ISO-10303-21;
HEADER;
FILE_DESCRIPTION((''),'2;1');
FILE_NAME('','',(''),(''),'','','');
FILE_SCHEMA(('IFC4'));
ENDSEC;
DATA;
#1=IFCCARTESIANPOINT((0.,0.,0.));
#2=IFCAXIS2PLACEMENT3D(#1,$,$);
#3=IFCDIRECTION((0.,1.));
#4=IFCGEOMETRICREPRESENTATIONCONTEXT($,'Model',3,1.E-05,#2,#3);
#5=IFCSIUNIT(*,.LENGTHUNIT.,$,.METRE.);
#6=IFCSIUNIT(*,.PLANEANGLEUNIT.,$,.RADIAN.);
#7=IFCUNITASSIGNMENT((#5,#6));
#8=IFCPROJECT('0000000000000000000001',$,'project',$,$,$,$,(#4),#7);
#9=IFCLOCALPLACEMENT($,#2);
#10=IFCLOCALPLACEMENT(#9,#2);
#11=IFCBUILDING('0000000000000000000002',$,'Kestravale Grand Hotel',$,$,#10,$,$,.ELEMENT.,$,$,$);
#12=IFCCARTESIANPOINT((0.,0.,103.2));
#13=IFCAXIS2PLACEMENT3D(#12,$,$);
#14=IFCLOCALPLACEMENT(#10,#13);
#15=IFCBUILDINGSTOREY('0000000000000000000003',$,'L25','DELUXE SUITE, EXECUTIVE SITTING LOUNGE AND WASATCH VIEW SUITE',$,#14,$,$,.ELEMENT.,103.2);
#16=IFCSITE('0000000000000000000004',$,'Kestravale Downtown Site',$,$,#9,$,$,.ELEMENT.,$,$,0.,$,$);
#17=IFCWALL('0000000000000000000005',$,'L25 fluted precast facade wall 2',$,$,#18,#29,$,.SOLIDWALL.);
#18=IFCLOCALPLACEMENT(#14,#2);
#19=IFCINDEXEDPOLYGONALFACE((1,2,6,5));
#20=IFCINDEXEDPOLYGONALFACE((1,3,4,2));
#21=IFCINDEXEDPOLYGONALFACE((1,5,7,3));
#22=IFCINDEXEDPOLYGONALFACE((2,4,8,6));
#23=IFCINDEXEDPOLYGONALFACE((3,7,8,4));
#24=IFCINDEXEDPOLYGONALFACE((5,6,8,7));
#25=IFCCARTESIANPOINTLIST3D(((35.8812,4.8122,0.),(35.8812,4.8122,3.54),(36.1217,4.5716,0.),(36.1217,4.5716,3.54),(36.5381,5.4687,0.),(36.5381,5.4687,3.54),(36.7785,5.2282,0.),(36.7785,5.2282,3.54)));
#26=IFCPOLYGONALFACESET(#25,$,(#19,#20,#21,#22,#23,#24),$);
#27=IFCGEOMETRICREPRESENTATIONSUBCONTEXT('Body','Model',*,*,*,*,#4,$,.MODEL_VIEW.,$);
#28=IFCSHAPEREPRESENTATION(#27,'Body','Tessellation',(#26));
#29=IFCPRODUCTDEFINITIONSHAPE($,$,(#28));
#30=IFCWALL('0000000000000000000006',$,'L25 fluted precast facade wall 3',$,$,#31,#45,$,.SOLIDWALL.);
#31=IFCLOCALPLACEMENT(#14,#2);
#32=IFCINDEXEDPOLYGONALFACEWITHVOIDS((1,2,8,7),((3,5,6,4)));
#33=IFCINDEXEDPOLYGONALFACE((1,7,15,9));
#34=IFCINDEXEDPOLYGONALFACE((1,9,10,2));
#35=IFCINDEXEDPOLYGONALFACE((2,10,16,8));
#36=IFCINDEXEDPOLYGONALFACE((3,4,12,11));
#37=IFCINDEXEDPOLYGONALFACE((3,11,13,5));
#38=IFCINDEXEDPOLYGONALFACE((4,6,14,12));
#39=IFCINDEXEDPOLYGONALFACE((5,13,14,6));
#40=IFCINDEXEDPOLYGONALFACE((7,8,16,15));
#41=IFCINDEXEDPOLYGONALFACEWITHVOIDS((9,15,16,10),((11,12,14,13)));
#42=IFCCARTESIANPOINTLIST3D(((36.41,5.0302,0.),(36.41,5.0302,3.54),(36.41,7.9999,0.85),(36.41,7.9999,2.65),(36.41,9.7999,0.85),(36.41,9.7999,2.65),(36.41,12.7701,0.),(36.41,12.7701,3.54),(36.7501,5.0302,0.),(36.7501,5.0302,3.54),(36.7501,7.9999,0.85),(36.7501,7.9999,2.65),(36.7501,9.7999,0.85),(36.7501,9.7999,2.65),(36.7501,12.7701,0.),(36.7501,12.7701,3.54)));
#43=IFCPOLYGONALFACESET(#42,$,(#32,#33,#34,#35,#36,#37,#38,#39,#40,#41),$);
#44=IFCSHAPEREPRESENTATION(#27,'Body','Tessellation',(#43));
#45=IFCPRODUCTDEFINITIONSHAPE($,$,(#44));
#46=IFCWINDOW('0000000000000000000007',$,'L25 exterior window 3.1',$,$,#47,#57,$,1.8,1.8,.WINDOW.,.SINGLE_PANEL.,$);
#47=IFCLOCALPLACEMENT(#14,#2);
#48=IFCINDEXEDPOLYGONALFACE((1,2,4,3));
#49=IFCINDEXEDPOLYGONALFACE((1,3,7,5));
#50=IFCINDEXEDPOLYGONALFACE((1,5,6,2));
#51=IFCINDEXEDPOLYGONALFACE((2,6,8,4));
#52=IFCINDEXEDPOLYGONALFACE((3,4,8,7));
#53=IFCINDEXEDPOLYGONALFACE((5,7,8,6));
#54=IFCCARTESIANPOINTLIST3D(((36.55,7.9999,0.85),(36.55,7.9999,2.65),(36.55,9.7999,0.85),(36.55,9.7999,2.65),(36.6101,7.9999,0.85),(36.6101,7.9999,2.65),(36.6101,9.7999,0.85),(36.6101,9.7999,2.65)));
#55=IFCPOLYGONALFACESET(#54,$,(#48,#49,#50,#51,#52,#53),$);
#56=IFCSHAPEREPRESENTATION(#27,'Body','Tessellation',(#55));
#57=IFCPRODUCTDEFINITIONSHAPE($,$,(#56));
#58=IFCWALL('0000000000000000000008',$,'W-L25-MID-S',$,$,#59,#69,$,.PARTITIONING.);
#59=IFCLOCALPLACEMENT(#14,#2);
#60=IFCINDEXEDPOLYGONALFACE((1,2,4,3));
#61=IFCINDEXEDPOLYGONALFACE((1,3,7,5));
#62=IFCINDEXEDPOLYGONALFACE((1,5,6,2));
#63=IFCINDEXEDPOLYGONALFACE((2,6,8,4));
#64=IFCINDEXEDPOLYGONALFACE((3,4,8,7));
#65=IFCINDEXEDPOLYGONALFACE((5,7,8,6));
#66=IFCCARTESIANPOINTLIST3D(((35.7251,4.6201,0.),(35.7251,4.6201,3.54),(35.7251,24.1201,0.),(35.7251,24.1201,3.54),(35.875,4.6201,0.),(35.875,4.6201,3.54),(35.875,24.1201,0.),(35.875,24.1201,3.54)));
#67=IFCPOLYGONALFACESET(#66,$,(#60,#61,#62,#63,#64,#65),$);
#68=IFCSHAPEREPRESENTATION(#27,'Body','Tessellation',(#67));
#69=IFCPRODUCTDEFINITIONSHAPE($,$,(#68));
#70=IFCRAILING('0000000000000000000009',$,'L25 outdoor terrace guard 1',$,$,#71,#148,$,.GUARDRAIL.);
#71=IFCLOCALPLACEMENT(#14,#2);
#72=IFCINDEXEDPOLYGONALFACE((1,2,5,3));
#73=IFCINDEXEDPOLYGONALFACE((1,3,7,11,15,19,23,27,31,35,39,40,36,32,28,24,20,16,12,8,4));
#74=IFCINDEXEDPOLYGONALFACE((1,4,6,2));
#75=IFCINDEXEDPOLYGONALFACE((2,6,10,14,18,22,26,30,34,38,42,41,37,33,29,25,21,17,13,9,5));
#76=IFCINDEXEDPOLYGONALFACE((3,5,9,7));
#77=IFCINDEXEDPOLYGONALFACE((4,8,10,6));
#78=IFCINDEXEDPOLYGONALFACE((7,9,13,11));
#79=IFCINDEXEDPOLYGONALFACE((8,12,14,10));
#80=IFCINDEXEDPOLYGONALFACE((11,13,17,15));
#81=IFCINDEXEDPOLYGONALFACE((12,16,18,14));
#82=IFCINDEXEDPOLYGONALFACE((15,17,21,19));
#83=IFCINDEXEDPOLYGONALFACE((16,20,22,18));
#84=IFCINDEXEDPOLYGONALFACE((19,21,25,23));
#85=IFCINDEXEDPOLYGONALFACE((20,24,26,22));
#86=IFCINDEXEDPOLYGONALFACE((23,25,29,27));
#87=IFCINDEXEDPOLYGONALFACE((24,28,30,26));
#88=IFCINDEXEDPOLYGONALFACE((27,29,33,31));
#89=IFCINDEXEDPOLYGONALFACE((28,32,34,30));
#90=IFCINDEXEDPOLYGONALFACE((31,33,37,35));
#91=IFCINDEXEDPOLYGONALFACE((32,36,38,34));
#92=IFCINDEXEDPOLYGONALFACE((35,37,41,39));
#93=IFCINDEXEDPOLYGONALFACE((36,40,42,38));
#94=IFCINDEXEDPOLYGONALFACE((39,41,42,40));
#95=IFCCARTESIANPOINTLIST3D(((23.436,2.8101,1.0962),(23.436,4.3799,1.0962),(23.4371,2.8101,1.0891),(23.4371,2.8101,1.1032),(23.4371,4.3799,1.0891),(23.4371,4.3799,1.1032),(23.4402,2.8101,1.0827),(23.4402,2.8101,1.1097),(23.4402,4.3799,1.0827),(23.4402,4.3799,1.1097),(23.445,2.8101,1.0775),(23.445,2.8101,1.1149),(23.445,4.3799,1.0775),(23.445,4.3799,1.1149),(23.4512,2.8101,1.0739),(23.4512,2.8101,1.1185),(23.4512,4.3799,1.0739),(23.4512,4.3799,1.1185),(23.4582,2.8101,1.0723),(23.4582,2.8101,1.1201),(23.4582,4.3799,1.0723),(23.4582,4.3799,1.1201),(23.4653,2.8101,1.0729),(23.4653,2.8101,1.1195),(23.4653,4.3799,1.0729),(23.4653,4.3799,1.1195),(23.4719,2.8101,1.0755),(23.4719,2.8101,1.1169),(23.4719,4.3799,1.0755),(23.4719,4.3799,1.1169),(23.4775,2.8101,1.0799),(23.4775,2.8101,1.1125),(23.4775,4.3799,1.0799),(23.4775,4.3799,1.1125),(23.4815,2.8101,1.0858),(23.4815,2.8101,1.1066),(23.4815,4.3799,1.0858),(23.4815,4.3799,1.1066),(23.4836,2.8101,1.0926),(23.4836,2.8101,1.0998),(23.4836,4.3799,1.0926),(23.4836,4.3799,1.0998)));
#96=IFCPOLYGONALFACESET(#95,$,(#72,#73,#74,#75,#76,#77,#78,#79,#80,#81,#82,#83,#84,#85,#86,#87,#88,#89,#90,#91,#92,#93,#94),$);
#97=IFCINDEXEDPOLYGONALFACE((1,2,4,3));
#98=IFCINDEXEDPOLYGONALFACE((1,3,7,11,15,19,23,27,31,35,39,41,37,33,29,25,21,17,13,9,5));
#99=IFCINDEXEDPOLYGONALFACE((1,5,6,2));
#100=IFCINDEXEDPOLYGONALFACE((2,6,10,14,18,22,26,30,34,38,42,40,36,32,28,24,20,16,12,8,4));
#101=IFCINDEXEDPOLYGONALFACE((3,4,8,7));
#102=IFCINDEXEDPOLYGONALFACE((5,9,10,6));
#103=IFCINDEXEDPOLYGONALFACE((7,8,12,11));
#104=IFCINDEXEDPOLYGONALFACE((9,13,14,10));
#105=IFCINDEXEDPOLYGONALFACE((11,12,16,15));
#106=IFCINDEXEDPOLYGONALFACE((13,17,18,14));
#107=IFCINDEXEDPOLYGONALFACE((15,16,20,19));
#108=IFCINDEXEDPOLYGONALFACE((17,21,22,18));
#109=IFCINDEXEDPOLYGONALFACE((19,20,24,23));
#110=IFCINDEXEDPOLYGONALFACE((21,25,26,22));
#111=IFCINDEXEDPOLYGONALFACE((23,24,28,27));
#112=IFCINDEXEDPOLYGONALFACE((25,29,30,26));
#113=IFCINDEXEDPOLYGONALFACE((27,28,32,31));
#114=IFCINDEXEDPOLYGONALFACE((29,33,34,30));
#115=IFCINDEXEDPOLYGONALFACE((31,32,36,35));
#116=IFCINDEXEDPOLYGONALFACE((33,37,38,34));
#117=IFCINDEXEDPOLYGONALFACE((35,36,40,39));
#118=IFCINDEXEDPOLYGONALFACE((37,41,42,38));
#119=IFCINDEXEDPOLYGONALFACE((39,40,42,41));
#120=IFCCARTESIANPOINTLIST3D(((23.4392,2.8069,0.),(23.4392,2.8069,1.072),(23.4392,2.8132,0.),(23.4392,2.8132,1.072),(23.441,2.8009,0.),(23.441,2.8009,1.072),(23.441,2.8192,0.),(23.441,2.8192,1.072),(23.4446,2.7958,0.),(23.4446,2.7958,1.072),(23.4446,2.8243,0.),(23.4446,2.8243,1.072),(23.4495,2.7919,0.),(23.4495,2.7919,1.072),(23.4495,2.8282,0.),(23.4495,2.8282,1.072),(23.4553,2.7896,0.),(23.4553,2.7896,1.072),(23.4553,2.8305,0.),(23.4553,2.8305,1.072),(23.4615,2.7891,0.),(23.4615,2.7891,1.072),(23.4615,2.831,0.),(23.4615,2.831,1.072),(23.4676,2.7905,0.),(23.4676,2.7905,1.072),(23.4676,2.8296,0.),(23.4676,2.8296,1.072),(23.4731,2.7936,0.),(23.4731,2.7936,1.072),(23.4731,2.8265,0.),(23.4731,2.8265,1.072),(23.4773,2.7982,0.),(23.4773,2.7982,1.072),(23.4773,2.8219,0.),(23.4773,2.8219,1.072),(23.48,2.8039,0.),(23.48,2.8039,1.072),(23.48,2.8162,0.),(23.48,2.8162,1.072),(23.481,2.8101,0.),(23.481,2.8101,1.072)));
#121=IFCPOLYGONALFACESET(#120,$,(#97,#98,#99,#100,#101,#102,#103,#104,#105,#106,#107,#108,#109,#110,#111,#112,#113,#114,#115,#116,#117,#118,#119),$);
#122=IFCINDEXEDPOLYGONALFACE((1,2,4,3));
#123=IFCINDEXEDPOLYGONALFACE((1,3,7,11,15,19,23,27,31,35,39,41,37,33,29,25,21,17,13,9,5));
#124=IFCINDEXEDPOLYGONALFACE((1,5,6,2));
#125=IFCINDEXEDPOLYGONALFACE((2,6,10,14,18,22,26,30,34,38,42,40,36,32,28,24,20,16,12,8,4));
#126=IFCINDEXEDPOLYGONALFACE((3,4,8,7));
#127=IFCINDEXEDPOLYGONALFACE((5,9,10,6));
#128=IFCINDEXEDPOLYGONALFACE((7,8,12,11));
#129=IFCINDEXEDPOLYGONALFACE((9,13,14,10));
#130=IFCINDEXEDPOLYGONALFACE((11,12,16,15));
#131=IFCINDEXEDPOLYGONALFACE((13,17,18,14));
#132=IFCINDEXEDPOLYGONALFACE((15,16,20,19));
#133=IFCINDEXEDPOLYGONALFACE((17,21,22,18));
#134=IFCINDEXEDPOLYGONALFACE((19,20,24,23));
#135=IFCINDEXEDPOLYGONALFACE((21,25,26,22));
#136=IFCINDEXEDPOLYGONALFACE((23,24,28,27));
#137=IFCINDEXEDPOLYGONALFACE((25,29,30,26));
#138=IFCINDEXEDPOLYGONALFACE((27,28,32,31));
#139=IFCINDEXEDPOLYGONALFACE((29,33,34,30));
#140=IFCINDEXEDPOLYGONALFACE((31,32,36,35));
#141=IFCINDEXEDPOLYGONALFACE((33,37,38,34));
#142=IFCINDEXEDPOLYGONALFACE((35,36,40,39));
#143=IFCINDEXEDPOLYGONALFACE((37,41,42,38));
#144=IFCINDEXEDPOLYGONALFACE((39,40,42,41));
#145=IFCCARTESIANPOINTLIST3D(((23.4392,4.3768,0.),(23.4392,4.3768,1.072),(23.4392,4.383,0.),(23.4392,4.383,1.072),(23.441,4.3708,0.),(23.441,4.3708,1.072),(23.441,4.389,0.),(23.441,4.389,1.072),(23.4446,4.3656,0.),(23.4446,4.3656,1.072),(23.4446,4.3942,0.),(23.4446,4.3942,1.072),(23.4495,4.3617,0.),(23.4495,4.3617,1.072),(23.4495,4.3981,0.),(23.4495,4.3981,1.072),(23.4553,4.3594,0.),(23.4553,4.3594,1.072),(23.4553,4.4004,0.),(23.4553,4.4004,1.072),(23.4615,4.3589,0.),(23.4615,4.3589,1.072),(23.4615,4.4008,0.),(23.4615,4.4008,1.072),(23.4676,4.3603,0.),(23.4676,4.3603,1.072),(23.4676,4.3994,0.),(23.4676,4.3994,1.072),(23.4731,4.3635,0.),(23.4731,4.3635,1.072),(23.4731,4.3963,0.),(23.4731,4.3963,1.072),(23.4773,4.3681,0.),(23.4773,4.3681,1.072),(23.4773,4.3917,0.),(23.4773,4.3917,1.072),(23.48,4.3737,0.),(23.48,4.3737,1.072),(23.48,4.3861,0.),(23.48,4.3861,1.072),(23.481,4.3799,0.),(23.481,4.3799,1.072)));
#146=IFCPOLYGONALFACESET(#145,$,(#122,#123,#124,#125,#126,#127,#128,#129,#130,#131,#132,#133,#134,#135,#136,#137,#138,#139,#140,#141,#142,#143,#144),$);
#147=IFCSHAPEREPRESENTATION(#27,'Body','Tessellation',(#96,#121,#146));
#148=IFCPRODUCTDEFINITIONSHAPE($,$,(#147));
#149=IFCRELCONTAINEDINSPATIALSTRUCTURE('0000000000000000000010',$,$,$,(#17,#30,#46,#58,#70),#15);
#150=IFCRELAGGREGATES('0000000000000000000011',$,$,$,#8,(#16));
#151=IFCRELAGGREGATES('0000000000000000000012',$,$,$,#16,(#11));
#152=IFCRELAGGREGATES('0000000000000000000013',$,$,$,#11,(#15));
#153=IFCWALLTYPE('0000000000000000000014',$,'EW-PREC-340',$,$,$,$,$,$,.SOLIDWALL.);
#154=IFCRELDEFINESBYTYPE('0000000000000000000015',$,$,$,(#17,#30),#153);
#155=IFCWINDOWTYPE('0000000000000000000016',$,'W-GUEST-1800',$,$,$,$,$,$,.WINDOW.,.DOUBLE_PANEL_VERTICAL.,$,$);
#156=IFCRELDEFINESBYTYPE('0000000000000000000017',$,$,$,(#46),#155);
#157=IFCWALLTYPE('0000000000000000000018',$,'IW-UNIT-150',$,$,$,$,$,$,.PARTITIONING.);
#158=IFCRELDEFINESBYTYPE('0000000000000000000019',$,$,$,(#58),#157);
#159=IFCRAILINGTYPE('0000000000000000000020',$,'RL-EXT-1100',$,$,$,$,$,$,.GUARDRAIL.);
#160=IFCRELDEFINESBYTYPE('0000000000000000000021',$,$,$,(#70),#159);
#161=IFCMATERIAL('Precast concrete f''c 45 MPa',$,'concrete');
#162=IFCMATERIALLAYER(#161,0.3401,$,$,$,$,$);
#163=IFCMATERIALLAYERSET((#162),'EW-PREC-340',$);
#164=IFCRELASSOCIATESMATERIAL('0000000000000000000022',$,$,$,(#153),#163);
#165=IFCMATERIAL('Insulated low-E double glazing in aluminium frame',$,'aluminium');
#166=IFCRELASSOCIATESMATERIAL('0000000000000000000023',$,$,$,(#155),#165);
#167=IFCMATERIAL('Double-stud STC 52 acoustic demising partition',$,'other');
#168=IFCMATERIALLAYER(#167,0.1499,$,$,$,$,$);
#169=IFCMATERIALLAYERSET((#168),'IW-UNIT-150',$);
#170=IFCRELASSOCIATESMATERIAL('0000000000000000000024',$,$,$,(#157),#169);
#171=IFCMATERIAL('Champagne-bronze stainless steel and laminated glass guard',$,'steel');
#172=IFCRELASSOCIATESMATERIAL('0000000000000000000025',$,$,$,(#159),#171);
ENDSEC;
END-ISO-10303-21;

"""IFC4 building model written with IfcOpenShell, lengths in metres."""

from ifc_helpers import new_model, si_unit, direction, frame, frame_2d, origin, origin_2d, place, context, subcontext, project, spatial, rectangle, circle, extrude, material, layer, layer_set, type_object, element, fill, save


model = new_model("IFC4")

# Units and contexts
model_context = context("Model", 3, precision=1e-05, world=origin(), true_north=direction((0.0, 1.0)))
body_context = subcontext(model_context, "Body", "Model", "MODEL_VIEW")
ifc_project = project(units=[si_unit("LENGTHUNIT", "METRE"), si_unit("PLANEANGLEUNIT", "RADIAN")], contexts=[model_context])

# Site, building, storey
site_placement = place(None, origin())
site = spatial("IfcSite", under=ifc_project, at=site_placement, Name="Kestravale Downtown Site", CompositionType="ELEMENT", RefElevation=0.0)
building_placement = place(site_placement, origin())
building = spatial("IfcBuilding", under=site, at=building_placement, Name="Kestravale Grand Hotel", CompositionType="ELEMENT")
storey_placement = place(building_placement, frame((0.0, 0.0, 103.2)))
storey = spatial("IfcBuildingStorey", under=building, at=storey_placement, Name="L25", Description="DELUXE SUITE, EXECUTIVE SITTING LOUNGE AND WASATCH VIEW SUITE", CompositionType="ELEMENT", Elevation=103.2)

# Wall
ifc_material_1 = material(Name="Precast concrete f'c 45 MPa", Category="concrete")
ifc_layer_1 = layer(ifc_material_1, 0.3401)
ifc_layer_set_1 = layer_set([ifc_layer_1], Name="EW-PREC-340")
wall_type_1 = type_object("IfcWallType", Name="EW-PREC-340", PredefinedType="SOLIDWALL", material=ifc_layer_set_1)
wall_1_placement = place(storey_placement, frame((36.0015, 4.6919, 0.0), z_axis=(0.0, 0.0, 1.0), x_axis=(0.707238, 0.706975, 0.0)))
element("IfcWall", 1, at=wall_1_placement, inside=storey, type_object=wall_type_1, Name="L25 fluted precast facade wall 2", PredefinedType="SOLIDWALL", context=body_context, shape_type="SweptSolid", body=[
    extrude(rectangle(XDim=0.9287, YDim=0.3401, at=frame_2d((0.4644, 0.0))), origin(), (0.0, 0.0, 1.0), 3.54),
])

# Wall, opening, window
wall_2_placement = place(storey_placement, frame((36.5801, 5.03, 0.0), z_axis=(0.0, 0.0, 1.0), x_axis=(0.0, 1.0, 0.0)))
wall_2 = element("IfcWall", 2, at=wall_2_placement, inside=storey, type_object=wall_type_1, Name="L25 fluted precast facade wall 3", PredefinedType="SOLIDWALL", context=body_context, shape_type="SweptSolid", body=[
    extrude(rectangle(XDim=7.74, YDim=0.3401, at=frame_2d((3.8701, 0.0))), origin(), (0.0, 0.0, 1.0), 3.54),
])
opening_placement = place(wall_2_placement, frame((2.97, 0.0, 0.8501)))
opening = element("IfcOpeningElement", 3, at=opening_placement, cuts=wall_2, PredefinedType="OPENING", context=body_context, shape_type="SweptSolid", body=[
    extrude(rectangle(XDim=1.8, YDim=1.8, at=frame_2d((0.8999, 0.8999))), frame((0.0, 0.1799, 0.0), z_axis=(0.0, -1.0, 0.0), x_axis=(1.0, 0.0, 0.0)), (0.0, 0.0, 1.0), 0.3601),
])
ifc_material_2 = material(Name="Insulated low-E double glazing in aluminium frame", Category="aluminium")
window_type = type_object("IfcWindowType", Name="W-GUEST-1800", PartitioningType="DOUBLE_PANEL_VERTICAL", PredefinedType="WINDOW", material=ifc_material_2)
window_placement = place(opening_placement, origin())
window = element("IfcWindow", 4, at=window_placement, inside=storey, type_object=window_type, Name="L25 exterior window 3.1", OverallHeight=1.8, OverallWidth=1.8, PartitioningType="SINGLE_PANEL", PredefinedType="WINDOW", context=body_context, shape_type="SweptSolid", body=[
    extrude(rectangle(XDim=1.8, YDim=1.8, at=frame_2d((0.8999, 0.8999))), frame((0.0, 0.03, 0.0), z_axis=(0.0, -1.0, 0.0), x_axis=(1.0, 0.0, 0.0)), (0.0, 0.0, 1.0), 0.0601),
])
fill(opening, window)

# Wall
ifc_material_3 = material(Name="Double-stud STC 52 acoustic demising partition", Category="other")
ifc_layer_2 = layer(ifc_material_3, 0.1499)
ifc_layer_set_2 = layer_set([ifc_layer_2], Name="IW-UNIT-150")
wall_type_2 = type_object("IfcWallType", Name="IW-UNIT-150", PredefinedType="PARTITIONING", material=ifc_layer_set_2)
wall_3_placement = place(storey_placement, frame((35.8, 4.6201, 0.0), z_axis=(0.0, 0.0, 1.0), x_axis=(0.0, 1.0, 0.0)))
element("IfcWall", 5, at=wall_3_placement, inside=storey, type_object=wall_type_2, Name="W-L25-MID-S", PredefinedType="PARTITIONING", context=body_context, shape_type="SweptSolid", body=[
    extrude(rectangle(XDim=19.5, YDim=0.1499, at=frame_2d((9.75, 0.0))), origin(), (0.0, 0.0, 1.0), 3.54),
])

# Railing
ifc_material_4 = material(Name="Champagne-bronze stainless steel and laminated glass guard", Category="steel")
railing_type = type_object("IfcRailingType", Name="RL-EXT-1100", PredefinedType="GUARDRAIL", material=ifc_material_4)
railing_1_placement = place(storey_placement, frame((23.46, 2.8101, 0.0)))
element("IfcRailing", 6, at=railing_1_placement, inside=storey, type_object=railing_type, Name="L25 outdoor terrace guard 1", PredefinedType="GUARDRAIL", context=body_context, shape_type="SweptSolid", body=[
    extrude(circle(Radius=0.0239, at=origin_2d()), frame((0.0, 0.0, 1.0962), z_axis=(0.0, 1.0, 0.0), x_axis=(-1.0, 0.0, 0.0)), (0.0, 0.0, 1.0), 1.5698),
    extrude(circle(Radius=0.021, at=origin_2d()), origin(), (0.0, 0.0, 1.0), 1.072),
    extrude(circle(Radius=0.021, at=origin_2d()), frame((0.0, 1.5698, 0.0)), (0.0, 0.0, 1.0), 1.072),
])

save(model, "model.ifc")
